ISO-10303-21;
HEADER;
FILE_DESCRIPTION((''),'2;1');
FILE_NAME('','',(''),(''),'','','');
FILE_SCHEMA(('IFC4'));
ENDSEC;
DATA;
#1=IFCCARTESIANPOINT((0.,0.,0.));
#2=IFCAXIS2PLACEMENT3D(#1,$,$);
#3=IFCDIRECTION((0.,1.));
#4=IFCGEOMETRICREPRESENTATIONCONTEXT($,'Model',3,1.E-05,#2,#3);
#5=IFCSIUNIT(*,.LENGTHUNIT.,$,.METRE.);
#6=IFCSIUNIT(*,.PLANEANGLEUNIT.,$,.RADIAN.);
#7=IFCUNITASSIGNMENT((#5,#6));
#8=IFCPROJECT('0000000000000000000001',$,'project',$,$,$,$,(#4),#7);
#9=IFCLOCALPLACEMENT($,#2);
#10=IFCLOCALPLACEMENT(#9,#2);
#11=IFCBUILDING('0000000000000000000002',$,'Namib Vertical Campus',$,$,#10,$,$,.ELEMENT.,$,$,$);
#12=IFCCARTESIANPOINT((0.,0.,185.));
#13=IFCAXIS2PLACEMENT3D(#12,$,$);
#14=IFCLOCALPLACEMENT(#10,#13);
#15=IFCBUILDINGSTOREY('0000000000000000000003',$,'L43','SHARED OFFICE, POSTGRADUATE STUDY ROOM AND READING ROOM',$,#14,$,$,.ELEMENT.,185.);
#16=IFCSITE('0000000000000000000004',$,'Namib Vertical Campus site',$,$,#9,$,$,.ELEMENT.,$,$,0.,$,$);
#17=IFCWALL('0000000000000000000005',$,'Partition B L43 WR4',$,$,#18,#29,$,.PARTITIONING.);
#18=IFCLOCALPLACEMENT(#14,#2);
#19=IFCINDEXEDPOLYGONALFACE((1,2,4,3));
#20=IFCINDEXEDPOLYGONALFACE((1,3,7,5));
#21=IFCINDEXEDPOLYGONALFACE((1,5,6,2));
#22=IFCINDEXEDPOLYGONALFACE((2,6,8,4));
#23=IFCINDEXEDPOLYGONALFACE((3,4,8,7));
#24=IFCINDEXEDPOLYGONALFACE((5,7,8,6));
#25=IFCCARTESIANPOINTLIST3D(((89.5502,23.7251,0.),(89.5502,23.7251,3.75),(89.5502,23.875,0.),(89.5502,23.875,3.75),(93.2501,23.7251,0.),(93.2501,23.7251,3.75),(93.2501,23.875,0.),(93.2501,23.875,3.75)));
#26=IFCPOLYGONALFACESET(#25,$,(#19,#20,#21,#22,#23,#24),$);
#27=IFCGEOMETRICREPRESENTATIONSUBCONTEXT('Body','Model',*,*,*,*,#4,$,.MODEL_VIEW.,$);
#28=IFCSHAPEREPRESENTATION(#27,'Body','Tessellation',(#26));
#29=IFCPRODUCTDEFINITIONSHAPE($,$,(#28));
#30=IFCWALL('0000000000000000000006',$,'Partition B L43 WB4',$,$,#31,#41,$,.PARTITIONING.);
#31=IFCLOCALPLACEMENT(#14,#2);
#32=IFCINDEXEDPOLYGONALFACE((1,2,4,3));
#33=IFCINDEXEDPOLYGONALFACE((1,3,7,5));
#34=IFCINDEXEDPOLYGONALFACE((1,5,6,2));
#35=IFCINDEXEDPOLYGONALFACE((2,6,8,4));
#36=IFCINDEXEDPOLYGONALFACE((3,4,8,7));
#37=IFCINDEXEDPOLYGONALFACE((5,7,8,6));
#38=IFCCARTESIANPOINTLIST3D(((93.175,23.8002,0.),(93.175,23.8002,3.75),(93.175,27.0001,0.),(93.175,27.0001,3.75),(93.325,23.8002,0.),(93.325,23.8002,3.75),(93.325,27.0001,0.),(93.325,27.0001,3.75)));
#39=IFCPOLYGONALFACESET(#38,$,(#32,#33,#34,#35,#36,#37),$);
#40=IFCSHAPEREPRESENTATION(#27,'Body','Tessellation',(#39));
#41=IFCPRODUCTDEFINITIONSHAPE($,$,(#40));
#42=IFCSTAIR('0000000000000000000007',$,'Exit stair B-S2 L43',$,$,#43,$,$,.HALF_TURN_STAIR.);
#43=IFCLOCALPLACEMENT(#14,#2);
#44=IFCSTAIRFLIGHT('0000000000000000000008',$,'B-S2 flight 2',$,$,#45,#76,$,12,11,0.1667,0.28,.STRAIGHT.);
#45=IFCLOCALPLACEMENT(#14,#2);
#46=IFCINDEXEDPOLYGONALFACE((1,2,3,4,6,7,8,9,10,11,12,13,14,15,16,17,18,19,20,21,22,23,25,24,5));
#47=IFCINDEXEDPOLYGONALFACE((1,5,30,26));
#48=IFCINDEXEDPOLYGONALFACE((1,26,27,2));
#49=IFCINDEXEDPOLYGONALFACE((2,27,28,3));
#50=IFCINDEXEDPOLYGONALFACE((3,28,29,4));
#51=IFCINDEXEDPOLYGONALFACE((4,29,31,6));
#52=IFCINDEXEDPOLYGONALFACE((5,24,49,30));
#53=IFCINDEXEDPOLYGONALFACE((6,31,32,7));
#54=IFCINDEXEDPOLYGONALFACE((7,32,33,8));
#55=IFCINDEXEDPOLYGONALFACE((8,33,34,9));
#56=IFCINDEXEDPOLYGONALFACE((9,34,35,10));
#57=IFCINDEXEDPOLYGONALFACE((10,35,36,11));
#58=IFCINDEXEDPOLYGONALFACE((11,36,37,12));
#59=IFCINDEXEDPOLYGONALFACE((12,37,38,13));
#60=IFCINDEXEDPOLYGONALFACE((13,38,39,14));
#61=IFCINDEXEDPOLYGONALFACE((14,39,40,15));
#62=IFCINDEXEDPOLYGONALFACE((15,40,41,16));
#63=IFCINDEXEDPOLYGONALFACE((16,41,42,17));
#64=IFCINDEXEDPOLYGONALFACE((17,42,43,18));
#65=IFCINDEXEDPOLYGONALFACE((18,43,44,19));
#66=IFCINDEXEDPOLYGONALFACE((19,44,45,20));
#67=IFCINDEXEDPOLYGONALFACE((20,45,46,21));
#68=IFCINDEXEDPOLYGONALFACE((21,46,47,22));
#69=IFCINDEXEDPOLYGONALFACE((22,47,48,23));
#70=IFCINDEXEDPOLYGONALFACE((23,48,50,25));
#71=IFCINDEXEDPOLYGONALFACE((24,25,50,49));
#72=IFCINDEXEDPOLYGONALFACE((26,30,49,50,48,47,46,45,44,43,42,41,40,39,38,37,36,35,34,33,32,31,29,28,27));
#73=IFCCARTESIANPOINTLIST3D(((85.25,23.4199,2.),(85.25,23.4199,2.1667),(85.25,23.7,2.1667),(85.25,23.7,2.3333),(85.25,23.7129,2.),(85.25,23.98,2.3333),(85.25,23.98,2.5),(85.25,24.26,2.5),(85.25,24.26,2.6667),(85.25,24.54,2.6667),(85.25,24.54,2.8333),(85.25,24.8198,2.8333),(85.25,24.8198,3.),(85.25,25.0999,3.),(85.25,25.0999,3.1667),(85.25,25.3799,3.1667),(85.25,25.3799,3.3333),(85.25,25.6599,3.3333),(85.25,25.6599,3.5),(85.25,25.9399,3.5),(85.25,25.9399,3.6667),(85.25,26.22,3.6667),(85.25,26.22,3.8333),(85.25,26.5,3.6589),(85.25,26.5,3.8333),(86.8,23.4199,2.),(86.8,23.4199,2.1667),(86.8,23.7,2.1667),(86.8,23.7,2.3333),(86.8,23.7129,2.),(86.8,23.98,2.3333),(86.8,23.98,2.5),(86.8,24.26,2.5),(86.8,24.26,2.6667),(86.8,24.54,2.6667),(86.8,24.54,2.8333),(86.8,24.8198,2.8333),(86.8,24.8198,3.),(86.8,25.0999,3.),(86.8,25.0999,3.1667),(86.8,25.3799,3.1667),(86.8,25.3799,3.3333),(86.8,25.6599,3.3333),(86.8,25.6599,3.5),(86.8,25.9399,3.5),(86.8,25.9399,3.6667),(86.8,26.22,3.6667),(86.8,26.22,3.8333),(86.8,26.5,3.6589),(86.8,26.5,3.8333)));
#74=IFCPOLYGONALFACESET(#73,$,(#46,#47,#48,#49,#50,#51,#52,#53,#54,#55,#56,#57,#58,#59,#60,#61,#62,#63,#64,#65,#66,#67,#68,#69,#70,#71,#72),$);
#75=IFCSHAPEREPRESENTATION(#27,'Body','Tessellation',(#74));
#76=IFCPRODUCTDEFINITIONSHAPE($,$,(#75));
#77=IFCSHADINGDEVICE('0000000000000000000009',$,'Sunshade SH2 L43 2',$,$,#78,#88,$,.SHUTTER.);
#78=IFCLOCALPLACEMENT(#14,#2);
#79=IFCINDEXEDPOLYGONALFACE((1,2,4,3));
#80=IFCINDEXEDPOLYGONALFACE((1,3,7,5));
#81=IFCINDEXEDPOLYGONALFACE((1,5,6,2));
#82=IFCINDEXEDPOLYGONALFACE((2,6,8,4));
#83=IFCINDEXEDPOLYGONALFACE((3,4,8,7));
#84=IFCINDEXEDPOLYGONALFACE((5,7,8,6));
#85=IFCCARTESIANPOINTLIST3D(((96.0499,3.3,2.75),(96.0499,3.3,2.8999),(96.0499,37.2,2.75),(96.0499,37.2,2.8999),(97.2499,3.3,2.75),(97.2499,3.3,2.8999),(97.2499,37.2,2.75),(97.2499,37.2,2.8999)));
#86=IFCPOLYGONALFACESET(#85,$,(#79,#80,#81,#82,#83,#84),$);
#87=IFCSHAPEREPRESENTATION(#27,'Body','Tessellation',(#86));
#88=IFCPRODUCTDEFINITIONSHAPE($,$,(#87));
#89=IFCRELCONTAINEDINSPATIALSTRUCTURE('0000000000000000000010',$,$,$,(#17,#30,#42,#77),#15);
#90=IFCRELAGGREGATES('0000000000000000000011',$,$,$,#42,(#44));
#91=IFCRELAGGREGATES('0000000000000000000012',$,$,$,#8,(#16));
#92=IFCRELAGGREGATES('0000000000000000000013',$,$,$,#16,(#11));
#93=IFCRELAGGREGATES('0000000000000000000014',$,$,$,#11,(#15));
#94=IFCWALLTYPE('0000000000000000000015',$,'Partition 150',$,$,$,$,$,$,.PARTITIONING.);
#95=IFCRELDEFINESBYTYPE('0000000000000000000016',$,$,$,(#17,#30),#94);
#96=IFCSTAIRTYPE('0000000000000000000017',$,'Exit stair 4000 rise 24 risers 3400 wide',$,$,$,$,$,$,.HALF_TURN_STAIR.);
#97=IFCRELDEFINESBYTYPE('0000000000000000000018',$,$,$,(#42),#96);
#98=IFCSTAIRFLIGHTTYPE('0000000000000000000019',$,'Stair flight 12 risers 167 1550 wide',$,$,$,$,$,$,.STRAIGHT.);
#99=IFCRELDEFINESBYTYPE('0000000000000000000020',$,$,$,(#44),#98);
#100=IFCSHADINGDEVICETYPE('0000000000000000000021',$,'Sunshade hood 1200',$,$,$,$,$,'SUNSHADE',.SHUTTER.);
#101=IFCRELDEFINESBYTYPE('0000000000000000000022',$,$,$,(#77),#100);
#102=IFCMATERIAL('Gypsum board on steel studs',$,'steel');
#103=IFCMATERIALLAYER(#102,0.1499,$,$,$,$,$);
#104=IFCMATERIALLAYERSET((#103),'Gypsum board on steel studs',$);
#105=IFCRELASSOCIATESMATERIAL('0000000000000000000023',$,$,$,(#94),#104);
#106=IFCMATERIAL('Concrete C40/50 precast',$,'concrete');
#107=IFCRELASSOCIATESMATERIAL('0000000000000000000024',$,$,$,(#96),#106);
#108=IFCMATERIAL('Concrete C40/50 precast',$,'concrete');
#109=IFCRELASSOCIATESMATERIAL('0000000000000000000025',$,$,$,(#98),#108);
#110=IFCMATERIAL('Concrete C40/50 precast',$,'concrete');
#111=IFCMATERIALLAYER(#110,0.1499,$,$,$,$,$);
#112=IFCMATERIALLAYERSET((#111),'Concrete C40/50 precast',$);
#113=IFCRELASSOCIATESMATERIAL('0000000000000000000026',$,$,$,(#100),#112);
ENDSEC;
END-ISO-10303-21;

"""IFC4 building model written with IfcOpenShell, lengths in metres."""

from ifc_helpers import new_model, si_unit, direction, frame, frame_2d, origin, origin_2d, place, context, subcontext, project, spatial, polyline, rectangle, outline, extrude, material, layer, layer_set, type_object, element, aggregate, save


model = new_model("IFC4")

# Units and contexts
model_context = context("Model", 3, precision=1e-05, world=origin(), true_north=direction((0.0, 1.0)))
body_context = subcontext(model_context, "Body", "Model", "MODEL_VIEW")
ifc_project = project(units=[si_unit("LENGTHUNIT", "METRE"), si_unit("PLANEANGLEUNIT", "RADIAN")], contexts=[model_context])

# Site, building, storey
site_placement = place(None, origin())
site = spatial("IfcSite", under=ifc_project, at=site_placement, Name="Namib Vertical Campus site", CompositionType="ELEMENT", RefElevation=0.0)
building_placement = place(site_placement, origin())
building = spatial("IfcBuilding", under=site, at=building_placement, Name="Namib Vertical Campus", CompositionType="ELEMENT")
storey_placement = place(building_placement, frame((0.0, 0.0, 185.0)))
storey = spatial("IfcBuildingStorey", under=building, at=storey_placement, Name="L43", Description="SHARED OFFICE, POSTGRADUATE STUDY ROOM AND READING ROOM", CompositionType="ELEMENT", Elevation=185.0)

# Walls
ifc_material_1 = material(Name="Gypsum board on steel studs", Category="steel")
ifc_layer_1 = layer(ifc_material_1, 0.1499)
ifc_layer_set_1 = layer_set([ifc_layer_1], Name="Gypsum board on steel studs")
wall_type_1 = type_object("IfcWallType", Name="Partition 150", PredefinedType="PARTITIONING", material=ifc_layer_set_1)
wall_1_placement = place(storey_placement, frame((89.55, 23.8, 0.0), z_axis=(0.0, 0.0, 1.0), x_axis=(1.0, 0.0, 0.0)))
element("IfcWall", 1, at=wall_1_placement, inside=storey, type_object=wall_type_1, Name="Partition B L43 WR4", PredefinedType="PARTITIONING", context=body_context, shape_type="SweptSolid", body=[
    extrude(rectangle(XDim=3.7, YDim=0.1499, at=frame_2d((1.8501, 0.0))), origin(), (0.0, 0.0, 1.0), 3.75),
])
wall_2_placement = place(storey_placement, frame((93.25, 23.8, 0.0), z_axis=(0.0, 0.0, 1.0), x_axis=(0.0, 1.0, 0.0)))
element("IfcWall", 2, at=wall_2_placement, inside=storey, type_object=wall_type_1, Name="Partition B L43 WB4", PredefinedType="PARTITIONING", context=body_context, shape_type="SweptSolid", body=[
    extrude(rectangle(XDim=3.2, YDim=0.1499, at=frame_2d((1.6001, 0.0))), origin(), (0.0, 0.0, 1.0), 3.75),
])

# Stair, stair flight
ifc_material_2 = material(Name="Concrete C40/50 precast", Category="concrete")
stair_type = type_object("IfcStairType", Name="Exit stair 4000 rise 24 risers 3400 wide", PredefinedType="HALF_TURN_STAIR", material=ifc_material_2)
stair_placement = place(storey_placement, origin())
stair = element("IfcStair", 3, at=stair_placement, inside=storey, type_object=stair_type, Name="Exit stair B-S2 L43", PredefinedType="HALF_TURN_STAIR")
ifc_material_3 = material(Name="Concrete C40/50 precast", Category="concrete")
stair_flight_type = type_object("IfcStairFlightType", Name="Stair flight 12 risers 167 1550 wide", PredefinedType="STRAIGHT", material=ifc_material_3)
stair_flight_placement = place(storey_placement, frame((86.0249, 23.4199, 2.0), z_axis=(0.0, 0.0, 1.0), x_axis=(0.0, 1.0, 0.0)))
stair_flight = element("IfcStairFlight", 4, at=stair_flight_placement, type_object=stair_flight_type, Name="B-S2 flight 2", NumberOfRisers=12, NumberOfTreads=11, PredefinedType="STRAIGHT", RiserHeight=0.1667, TreadLength=0.28, context=body_context, shape_type="SweptSolid", body=[
    extrude(outline(polyline([(0.0, 0.0), (0.0, 0.1667), (0.28, 0.1667), (0.28, 0.3333), (0.5601, 0.3333), (0.5601, 0.5), (0.8401, 0.5), (0.8401, 0.6667), (1.1201, 0.6667), (1.1201, 0.8333), (1.3999, 0.8333), (1.3999, 1.0), (1.6799, 1.0), (1.6799, 1.1667), (1.96, 1.1667), (1.96, 1.3333), (2.24, 1.3333), (2.24, 1.5), (2.52, 1.5), (2.52, 1.6667), (2.8, 1.6667), (2.8, 1.8333), (3.0801, 1.8333), (3.0801, 2.0), (3.0801, 1.6589), (0.293, 0.0), (0.0, 0.0)])), frame((0.0, 0.7749, 0.0), z_axis=(0.0, -1.0, 0.0), x_axis=(1.0, 0.0, 0.0)), (0.0, 0.0, 1.0), 1.55),
])
aggregate(stair, [stair_flight])

# Shading device
ifc_material_4 = material(Name="Concrete C40/50 precast", Category="concrete")
ifc_layer_2 = layer(ifc_material_4, 0.1499)
ifc_layer_set_2 = layer_set([ifc_layer_2], Name="Concrete C40/50 precast")
shading_device_type = type_object("IfcShadingDeviceType", Name="Sunshade hood 1200", ElementType="SUNSHADE", PredefinedType="SHUTTER", material=ifc_layer_set_2)
shading_device_placement = place(storey_placement, frame((96.6499, 20.25, 2.75), z_axis=(0.0, 0.0, 1.0), x_axis=(0.0, 1.0, 0.0)))
element("IfcShadingDevice", 5, at=shading_device_placement, inside=storey, type_object=shading_device_type, Name="Sunshade SH2 L43 2", PredefinedType="SHUTTER", context=body_context, shape_type="SweptSolid", body=[
    extrude(rectangle(XDim=33.8999, YDim=1.2, at=origin_2d()), origin(), (0.0, 0.0, 1.0), 0.1499),
])

save(model, "model.ifc")
